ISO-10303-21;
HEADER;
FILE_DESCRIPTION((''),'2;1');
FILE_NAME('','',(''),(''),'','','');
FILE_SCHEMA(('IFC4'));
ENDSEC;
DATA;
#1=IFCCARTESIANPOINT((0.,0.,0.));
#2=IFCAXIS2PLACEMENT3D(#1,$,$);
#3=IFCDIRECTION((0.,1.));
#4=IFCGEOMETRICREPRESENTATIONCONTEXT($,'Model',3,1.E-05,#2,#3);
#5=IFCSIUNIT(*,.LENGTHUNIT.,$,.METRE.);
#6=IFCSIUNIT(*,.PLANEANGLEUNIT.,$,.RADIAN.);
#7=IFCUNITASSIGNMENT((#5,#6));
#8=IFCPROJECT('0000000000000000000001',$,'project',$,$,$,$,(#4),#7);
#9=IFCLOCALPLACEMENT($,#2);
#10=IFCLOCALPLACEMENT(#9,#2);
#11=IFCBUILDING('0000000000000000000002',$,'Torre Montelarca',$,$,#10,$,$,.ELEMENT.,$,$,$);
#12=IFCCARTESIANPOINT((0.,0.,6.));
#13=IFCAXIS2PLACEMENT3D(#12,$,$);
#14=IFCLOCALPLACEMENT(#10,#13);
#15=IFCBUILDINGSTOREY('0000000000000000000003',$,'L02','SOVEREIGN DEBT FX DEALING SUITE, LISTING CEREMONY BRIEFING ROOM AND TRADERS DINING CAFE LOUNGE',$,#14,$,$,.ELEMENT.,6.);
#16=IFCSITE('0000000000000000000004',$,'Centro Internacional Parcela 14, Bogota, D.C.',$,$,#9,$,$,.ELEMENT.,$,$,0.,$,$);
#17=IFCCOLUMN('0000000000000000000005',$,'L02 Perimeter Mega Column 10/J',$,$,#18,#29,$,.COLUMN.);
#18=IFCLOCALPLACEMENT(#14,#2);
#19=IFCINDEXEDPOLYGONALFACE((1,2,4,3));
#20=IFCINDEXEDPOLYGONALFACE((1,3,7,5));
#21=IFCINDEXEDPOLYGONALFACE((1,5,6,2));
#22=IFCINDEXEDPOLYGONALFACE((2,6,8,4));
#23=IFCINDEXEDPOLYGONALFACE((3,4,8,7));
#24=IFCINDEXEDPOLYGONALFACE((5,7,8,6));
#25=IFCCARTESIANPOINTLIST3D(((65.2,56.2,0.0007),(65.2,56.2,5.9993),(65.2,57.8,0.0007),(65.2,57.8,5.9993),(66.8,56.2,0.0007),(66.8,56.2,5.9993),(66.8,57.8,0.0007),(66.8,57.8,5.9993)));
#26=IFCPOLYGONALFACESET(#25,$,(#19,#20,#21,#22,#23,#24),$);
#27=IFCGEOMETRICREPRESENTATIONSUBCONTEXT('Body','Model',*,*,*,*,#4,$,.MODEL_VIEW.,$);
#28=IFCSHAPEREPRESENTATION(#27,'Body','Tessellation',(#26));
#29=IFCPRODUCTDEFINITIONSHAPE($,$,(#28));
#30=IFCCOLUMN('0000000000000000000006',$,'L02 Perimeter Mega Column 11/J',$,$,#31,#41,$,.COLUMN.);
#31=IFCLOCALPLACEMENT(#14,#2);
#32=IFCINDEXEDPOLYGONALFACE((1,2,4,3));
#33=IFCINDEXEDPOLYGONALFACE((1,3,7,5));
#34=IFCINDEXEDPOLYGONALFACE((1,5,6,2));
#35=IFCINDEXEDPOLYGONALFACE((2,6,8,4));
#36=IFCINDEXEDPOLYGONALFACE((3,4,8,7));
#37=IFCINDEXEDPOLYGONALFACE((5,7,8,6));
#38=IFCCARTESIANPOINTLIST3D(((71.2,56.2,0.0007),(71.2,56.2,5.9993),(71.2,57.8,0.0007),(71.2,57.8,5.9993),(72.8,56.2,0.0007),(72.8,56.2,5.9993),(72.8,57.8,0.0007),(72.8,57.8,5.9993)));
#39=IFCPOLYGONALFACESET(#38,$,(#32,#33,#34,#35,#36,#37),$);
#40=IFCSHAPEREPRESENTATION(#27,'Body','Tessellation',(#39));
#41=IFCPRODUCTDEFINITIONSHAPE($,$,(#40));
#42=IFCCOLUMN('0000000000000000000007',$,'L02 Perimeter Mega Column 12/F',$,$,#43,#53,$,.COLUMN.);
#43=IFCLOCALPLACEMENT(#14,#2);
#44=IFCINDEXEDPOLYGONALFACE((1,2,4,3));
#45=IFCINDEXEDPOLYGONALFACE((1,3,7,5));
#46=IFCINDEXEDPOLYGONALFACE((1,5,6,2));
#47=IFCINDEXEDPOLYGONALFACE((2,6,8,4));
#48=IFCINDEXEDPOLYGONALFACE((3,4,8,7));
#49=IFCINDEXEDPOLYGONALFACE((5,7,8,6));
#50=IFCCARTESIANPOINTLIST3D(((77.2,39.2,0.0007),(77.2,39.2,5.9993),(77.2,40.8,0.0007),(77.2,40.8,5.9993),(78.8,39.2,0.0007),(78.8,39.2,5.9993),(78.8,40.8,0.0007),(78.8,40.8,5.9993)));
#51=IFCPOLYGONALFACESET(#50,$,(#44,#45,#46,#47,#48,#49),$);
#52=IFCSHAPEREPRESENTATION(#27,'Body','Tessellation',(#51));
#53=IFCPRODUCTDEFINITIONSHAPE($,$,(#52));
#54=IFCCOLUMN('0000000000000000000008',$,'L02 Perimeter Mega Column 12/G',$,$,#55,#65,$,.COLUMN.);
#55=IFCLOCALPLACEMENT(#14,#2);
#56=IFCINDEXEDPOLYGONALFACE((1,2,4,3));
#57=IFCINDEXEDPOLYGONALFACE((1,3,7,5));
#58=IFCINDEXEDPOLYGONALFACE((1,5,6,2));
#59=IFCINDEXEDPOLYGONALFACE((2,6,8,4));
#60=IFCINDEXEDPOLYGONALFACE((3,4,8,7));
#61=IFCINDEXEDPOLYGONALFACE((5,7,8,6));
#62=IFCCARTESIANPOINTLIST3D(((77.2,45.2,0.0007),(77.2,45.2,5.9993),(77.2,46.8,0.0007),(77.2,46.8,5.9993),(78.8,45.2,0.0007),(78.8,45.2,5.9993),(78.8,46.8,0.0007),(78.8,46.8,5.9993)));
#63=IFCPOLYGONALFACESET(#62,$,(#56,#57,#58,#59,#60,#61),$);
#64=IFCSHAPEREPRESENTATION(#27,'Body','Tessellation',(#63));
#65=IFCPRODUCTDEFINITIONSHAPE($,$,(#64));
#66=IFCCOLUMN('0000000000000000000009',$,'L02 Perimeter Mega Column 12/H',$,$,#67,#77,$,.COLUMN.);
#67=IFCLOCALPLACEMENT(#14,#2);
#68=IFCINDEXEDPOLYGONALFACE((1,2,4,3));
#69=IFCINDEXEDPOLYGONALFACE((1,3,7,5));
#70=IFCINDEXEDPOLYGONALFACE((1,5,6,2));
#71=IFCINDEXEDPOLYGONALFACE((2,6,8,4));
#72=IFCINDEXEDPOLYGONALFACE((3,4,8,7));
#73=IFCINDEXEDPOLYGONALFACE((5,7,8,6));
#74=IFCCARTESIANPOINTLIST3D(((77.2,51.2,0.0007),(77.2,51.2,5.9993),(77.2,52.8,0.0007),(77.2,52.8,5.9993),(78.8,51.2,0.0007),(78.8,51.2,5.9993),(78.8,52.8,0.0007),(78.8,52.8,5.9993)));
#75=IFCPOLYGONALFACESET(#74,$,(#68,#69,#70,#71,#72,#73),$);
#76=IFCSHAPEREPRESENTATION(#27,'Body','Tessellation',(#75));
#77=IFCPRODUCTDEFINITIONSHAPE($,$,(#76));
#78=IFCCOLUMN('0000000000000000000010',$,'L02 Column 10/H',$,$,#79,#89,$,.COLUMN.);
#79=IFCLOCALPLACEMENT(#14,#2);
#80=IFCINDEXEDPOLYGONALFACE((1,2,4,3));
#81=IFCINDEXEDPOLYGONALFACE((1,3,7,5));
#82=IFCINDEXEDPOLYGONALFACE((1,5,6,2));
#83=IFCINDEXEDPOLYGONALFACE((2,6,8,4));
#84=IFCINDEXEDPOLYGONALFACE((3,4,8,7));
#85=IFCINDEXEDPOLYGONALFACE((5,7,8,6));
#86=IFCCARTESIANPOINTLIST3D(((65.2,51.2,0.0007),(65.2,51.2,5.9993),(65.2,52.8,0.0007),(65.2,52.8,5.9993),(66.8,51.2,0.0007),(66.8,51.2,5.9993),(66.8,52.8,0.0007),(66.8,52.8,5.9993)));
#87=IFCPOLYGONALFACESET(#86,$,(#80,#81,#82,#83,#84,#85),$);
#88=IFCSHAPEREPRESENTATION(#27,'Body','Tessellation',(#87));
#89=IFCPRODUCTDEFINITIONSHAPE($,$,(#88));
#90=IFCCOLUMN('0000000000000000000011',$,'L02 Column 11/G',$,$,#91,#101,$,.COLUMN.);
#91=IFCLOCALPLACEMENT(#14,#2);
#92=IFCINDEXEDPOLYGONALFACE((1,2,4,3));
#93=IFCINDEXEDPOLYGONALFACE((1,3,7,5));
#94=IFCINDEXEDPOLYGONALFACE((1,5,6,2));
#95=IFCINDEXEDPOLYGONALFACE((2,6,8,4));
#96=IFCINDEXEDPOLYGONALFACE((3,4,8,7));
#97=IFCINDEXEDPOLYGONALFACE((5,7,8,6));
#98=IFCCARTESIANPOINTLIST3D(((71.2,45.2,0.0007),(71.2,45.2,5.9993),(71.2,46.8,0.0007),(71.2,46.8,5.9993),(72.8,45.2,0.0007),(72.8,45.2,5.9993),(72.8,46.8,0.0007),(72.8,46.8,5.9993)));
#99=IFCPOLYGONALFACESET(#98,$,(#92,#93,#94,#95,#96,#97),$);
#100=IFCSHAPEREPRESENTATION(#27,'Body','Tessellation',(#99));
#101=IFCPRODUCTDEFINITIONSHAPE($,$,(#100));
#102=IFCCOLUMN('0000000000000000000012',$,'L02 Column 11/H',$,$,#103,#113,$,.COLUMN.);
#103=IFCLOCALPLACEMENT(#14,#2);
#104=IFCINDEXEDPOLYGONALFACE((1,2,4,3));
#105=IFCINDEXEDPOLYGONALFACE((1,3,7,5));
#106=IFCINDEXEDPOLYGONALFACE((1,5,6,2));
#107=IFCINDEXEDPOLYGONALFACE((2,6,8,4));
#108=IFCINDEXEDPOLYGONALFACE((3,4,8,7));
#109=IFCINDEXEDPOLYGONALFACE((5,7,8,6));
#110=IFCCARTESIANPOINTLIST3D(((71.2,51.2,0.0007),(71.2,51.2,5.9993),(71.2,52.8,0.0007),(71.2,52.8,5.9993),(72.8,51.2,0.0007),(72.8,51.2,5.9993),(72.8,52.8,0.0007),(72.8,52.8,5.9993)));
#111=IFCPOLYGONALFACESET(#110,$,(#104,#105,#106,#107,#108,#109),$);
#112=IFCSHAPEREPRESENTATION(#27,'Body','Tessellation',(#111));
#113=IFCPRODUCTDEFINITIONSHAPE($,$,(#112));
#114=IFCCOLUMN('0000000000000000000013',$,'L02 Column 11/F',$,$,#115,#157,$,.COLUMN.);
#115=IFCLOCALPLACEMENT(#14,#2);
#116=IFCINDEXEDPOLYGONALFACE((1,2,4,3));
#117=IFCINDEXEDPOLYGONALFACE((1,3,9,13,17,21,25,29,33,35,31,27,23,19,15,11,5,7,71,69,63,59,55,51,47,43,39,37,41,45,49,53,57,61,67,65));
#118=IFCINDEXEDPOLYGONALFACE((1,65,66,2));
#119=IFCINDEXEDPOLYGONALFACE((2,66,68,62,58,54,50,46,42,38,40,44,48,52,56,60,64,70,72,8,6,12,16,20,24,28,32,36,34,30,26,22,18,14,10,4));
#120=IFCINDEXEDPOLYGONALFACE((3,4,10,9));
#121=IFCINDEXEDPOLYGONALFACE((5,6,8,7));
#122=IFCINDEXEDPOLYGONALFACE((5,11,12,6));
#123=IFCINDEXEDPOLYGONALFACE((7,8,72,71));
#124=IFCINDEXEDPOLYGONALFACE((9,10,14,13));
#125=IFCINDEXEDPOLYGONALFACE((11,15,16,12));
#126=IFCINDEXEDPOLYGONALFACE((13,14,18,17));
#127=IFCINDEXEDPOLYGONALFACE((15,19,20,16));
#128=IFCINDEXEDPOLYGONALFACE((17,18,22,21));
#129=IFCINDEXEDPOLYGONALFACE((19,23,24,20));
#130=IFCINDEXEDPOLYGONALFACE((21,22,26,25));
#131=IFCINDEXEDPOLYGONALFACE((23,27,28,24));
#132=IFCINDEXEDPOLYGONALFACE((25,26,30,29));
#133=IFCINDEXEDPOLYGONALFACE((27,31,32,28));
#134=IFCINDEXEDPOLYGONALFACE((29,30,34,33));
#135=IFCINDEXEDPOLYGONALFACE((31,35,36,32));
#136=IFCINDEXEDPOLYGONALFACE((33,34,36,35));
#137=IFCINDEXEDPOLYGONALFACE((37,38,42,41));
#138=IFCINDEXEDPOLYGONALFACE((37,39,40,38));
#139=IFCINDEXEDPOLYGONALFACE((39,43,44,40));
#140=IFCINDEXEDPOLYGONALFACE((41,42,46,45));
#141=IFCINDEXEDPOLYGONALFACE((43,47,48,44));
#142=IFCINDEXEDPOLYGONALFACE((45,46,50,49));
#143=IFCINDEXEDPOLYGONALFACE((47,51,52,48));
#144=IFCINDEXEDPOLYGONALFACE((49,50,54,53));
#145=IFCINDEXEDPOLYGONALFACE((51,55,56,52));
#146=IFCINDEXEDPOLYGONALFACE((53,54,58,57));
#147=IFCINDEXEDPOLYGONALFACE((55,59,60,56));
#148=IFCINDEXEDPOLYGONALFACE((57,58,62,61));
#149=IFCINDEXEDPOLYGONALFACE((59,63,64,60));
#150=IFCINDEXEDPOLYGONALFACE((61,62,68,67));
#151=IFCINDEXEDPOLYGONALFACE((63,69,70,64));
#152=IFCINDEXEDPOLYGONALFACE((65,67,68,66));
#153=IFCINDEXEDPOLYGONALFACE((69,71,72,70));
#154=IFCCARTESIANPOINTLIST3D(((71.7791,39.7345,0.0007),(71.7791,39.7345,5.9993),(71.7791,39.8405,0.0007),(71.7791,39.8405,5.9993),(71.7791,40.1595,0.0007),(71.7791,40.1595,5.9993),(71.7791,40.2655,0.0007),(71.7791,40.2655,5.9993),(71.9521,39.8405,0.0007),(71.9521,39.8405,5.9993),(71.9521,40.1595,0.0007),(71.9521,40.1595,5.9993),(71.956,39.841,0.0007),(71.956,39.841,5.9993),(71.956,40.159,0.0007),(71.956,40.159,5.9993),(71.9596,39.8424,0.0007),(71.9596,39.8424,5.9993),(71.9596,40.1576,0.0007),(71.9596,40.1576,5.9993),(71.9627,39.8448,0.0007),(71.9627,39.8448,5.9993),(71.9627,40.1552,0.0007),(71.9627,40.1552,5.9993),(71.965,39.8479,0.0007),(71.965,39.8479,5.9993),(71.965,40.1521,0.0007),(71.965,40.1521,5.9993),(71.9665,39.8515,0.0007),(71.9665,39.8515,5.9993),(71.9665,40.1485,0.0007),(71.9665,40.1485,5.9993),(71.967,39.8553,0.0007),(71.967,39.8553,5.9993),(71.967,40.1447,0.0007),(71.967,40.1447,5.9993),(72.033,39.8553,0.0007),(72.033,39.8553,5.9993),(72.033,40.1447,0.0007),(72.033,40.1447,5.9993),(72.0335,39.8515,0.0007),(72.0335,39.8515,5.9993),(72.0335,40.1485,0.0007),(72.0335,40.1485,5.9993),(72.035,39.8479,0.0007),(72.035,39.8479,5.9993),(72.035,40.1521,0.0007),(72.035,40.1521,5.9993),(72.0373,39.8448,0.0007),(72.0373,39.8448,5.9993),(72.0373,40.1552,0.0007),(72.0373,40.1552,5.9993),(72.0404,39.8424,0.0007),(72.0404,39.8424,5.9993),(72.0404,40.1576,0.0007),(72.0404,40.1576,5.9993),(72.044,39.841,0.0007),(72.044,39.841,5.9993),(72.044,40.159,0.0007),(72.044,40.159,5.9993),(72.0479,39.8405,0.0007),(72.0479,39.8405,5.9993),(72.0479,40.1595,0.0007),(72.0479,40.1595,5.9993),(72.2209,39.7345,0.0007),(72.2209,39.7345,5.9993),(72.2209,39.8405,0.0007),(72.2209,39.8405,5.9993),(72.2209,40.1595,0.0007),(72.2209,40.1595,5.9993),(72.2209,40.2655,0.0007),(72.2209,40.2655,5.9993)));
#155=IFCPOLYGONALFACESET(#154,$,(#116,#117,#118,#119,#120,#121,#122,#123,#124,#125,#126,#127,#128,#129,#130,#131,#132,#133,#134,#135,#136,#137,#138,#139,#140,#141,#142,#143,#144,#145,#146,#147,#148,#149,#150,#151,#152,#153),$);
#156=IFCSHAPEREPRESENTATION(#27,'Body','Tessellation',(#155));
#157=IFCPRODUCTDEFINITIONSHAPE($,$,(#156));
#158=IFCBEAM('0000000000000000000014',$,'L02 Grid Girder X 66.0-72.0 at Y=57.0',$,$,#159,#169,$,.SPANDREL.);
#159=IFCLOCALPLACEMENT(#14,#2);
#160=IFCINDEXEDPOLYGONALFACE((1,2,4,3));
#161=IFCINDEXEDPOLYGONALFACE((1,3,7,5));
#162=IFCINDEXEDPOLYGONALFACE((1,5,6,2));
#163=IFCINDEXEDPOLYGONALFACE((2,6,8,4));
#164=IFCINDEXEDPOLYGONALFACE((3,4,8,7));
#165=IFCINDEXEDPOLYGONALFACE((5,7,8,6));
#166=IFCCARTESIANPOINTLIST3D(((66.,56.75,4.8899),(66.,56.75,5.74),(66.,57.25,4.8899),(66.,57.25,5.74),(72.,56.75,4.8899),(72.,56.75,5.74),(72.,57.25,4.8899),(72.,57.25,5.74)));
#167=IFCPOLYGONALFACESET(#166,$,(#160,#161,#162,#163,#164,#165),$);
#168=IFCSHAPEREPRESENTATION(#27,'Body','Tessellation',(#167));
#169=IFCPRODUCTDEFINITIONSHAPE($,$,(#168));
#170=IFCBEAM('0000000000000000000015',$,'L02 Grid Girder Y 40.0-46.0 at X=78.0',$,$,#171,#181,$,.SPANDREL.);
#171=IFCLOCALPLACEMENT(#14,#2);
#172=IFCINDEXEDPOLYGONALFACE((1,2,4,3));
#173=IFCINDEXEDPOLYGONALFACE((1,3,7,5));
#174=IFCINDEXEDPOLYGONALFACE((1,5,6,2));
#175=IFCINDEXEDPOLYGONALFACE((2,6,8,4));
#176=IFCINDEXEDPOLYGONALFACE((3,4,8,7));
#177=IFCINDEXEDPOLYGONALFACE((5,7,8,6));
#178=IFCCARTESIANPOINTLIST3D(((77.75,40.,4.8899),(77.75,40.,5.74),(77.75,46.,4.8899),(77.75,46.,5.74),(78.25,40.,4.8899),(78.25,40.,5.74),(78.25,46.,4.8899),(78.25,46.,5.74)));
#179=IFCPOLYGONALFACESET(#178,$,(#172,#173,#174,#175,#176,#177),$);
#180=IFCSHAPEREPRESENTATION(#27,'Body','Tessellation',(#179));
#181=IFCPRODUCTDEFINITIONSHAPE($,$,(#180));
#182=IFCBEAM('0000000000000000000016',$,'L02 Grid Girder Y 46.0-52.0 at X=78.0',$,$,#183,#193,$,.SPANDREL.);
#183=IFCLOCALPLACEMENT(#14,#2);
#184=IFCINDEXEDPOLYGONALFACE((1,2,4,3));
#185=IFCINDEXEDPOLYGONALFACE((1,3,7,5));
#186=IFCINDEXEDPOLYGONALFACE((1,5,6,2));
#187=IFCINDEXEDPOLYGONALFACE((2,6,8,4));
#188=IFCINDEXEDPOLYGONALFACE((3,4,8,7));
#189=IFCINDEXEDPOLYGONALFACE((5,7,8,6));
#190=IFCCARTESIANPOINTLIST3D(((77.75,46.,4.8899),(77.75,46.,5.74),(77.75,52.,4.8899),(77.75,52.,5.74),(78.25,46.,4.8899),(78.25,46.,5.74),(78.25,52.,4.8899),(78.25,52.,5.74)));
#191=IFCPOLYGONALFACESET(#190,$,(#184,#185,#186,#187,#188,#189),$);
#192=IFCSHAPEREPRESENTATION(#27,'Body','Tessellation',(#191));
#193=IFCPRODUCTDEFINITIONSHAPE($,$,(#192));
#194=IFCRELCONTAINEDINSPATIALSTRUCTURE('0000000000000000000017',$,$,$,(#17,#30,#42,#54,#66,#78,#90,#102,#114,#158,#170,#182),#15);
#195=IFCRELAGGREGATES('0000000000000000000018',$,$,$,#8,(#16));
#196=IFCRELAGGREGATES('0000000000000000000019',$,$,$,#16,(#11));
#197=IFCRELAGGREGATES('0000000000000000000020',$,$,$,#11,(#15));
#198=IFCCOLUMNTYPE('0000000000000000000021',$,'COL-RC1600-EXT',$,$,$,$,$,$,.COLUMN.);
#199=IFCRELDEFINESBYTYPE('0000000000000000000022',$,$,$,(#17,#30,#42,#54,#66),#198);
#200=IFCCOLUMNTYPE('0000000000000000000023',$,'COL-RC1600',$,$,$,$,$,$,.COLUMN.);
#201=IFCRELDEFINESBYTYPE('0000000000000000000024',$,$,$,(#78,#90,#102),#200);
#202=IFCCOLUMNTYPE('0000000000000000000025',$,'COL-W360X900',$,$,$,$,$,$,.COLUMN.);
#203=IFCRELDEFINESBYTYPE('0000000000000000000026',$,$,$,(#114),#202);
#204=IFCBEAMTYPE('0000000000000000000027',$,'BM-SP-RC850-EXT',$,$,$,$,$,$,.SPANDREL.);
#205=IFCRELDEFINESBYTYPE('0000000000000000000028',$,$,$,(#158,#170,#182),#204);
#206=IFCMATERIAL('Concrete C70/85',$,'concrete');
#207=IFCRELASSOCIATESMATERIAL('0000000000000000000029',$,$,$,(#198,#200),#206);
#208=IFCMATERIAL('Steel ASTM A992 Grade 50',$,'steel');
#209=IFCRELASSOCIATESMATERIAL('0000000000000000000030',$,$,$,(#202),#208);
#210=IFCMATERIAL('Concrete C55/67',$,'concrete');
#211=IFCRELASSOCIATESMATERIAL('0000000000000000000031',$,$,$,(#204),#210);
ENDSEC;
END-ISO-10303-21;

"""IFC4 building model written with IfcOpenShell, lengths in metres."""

from ifc_helpers import new_model, si_unit, direction, frame, origin, origin_2d, place, context, subcontext, project, spatial, rectangle, i_section, extrude, source, transform, mapped, material, material_profile, profile_set, type_object, element, save


model = new_model("IFC4")

# Units and contexts
model_context = context("Model", 3, precision=1e-05, world=origin(), true_north=direction((0.0, 1.0)))
body_context = subcontext(model_context, "Body", "Model", "MODEL_VIEW")
ifc_project = project(units=[si_unit("LENGTHUNIT", "METRE"), si_unit("PLANEANGLEUNIT", "RADIAN")], contexts=[model_context])

# Site, building, storey
site_placement = place(None, origin())
site = spatial("IfcSite", under=ifc_project, at=site_placement, Name="Centro Internacional Parcela 14, Bogota, D.C.", CompositionType="ELEMENT", RefElevation=0.0)
building_placement = place(site_placement, origin())
building = spatial("IfcBuilding", under=site, at=building_placement, Name="Torre Montelarca", CompositionType="ELEMENT")
storey_placement = place(building_placement, frame((0.0, 0.0, 6.0)))
storey = spatial("IfcBuildingStorey", under=building, at=storey_placement, Name="L02", Description="SOVEREIGN DEBT FX DEALING SUITE, LISTING CEREMONY BRIEFING ROOM AND TRADERS DINING CAFE LOUNGE", CompositionType="ELEMENT", Elevation=6.0)

# Columns
ifc_material_1 = material(Name="Concrete C70/85", Category="concrete")
ifc_material_profile_1 = material_profile(ifc_material_1, rectangle(XDim=1.6001, YDim=1.6001, at=origin_2d()), Name="RC1600X1600", Category="concrete")
ifc_profile_set_1 = profile_set([ifc_material_profile_1], Name="Concrete C70/85")
column_type_1 = type_object("IfcColumnType", Name="COL-RC1600-EXT", PredefinedType="COLUMN", material=ifc_profile_set_1)
shared_shape_1 = source(origin(), body_context, "Body", "SweptSolid", [
    extrude(rectangle(XDim=1.6001, YDim=1.6001, at=origin_2d()), origin(), (0.0, 0.0, 1.0), 5.9985),
])
for number, where, z_axis, x_axis, name in (
    (1, (66.0, 57.0, 0.0007), (0.0, 0.0, 1.0), (1.0, 0.0, 0.0), "L02 Perimeter Mega Column 10/J"),
    (2, (72.0, 57.0, 0.0007), (0.0, 0.0, 1.0), (1.0, 0.0, 0.0), "L02 Perimeter Mega Column 11/J"),
    (3, (78.0, 40.0, 0.0007), (0.0, 0.0, 1.0), (1.0, 0.0, 0.0), "L02 Perimeter Mega Column 12/F"),
    (4, (78.0, 46.0, 0.0007), (0.0, 0.0, 1.0), (1.0, 0.0, 0.0), "L02 Perimeter Mega Column 12/G"),
    (5, (78.0, 52.0, 0.0007), (0.0, 0.0, 1.0), (1.0, 0.0, 0.0), "L02 Perimeter Mega Column 12/H"),
):
    element("IfcColumn", number, at=place(storey_placement, frame(where, z_axis=z_axis, x_axis=x_axis)), inside=storey, type_object=column_type_1, Name=name, PredefinedType="COLUMN", context=body_context, shape_type="MappedRepresentation", body=[
        mapped(shared_shape_1, transform((0.0, 0.0, 0.0), scale=1.0)),
    ])
ifc_material_profile_2 = material_profile(ifc_material_1, rectangle(XDim=1.6001, YDim=1.6001, at=origin_2d()), Name="RC1600X1600", Category="concrete")
ifc_profile_set_2 = profile_set([ifc_material_profile_2], Name="Concrete C70/85")
column_type_2 = type_object("IfcColumnType", Name="COL-RC1600", PredefinedType="COLUMN", material=ifc_profile_set_2)
shared_shape_2 = source(origin(), body_context, "Body", "SweptSolid", [
    extrude(rectangle(XDim=1.6001, YDim=1.6001, at=origin_2d()), origin(), (0.0, 0.0, 1.0), 5.9985),
])
for number, where, z_axis, x_axis, name in (
    (6, (66.0, 52.0, 0.0007), (0.0, 0.0, 1.0), (1.0, 0.0, 0.0), "L02 Column 10/H"),
    (7, (72.0, 46.0, 0.0007), (0.0, 0.0, 1.0), (1.0, 0.0, 0.0), "L02 Column 11/G"),
    (8, (72.0, 52.0, 0.0007), (0.0, 0.0, 1.0), (1.0, 0.0, 0.0), "L02 Column 11/H"),
):
    element("IfcColumn", number, at=place(storey_placement, frame(where, z_axis=z_axis, x_axis=x_axis)), inside=storey, type_object=column_type_2, Name=name, PredefinedType="COLUMN", context=body_context, shape_type="MappedRepresentation", body=[
        mapped(shared_shape_2, transform((0.0, 0.0, 0.0), scale=1.0)),
    ])
ifc_material_2 = material(Name="Steel ASTM A992 Grade 50", Category="steel")
ifc_material_profile_3 = material_profile(ifc_material_2, i_section(OverallWidth=0.4419, OverallDepth=0.531, WebThickness=0.0659, FlangeThickness=0.106, FilletRadius=0.0149, at=origin_2d()), Name="W360X900", Category="steel")
ifc_profile_set_3 = profile_set([ifc_material_profile_3], Name="Steel ASTM A992 Grade 50")
column_type_3 = type_object("IfcColumnType", Name="COL-W360X900", PredefinedType="COLUMN", material=ifc_profile_set_3)
shared_shape_3 = source(origin(), body_context, "Body", "SweptSolid", [
    extrude(i_section(OverallWidth=0.4419, OverallDepth=0.531, WebThickness=0.0659, FlangeThickness=0.106, FilletRadius=0.0149, at=origin_2d()), origin(), (0.0, 0.0, 1.0), 5.9985),
])
column_placement = place(storey_placement, frame((72.0, 40.0, 0.0007), z_axis=(0.0, 0.0, 1.0), x_axis=(1.0, 0.0, 0.0)))
element("IfcColumn", 9, at=column_placement, inside=storey, type_object=column_type_3, Name="L02 Column 11/F", PredefinedType="COLUMN", context=body_context, shape_type="MappedRepresentation", body=[
    mapped(shared_shape_3, transform((0.0, 0.0, 0.0), scale=1.0)),
])

# Beams
ifc_material_3 = material(Name="Concrete C55/67", Category="concrete")
ifc_material_profile_4 = material_profile(ifc_material_3, rectangle(XDim=0.5, YDim=0.8501, at=origin_2d()), Name="RCB500X850", Category="concrete")
ifc_profile_set_4 = profile_set([ifc_material_profile_4], Name="Concrete C55/67")
beam_type_1 = type_object("IfcBeamType", Name="BM-SP-RC850-EXT", PredefinedType="SPANDREL", material=ifc_profile_set_4)
shared_shape_4 = source(origin(), body_context, "Body", "SweptSolid", [
    extrude(rectangle(XDim=0.5, YDim=0.8501, at=origin_2d()), origin(), (0.0, 0.0, 1.0), 6.0),
])
for number, where, z_axis, x_axis, name in (
    (10, (66.0, 57.0, 5.3149), (1.0, 0.0, 0.0), (0.0, 1.0, 0.0), "L02 Grid Girder X 66.0-72.0 at Y=57.0"),
    (11, (78.0, 40.0, 5.3149), (0.0, 1.0, 0.0), (-1.0, 0.0, 0.0), "L02 Grid Girder Y 40.0-46.0 at X=78.0"),
    (12, (78.0, 46.0, 5.3149), (0.0, 1.0, 0.0), (-1.0, 0.0, 0.0), "L02 Grid Girder Y 46.0-52.0 at X=78.0"),
):
    element("IfcBeam", number, at=place(storey_placement, frame(where, z_axis=z_axis, x_axis=x_axis)), inside=storey, type_object=beam_type_1, Name=name, PredefinedType="SPANDREL", context=body_context, shape_type="MappedRepresentation", body=[
        mapped(shared_shape_4, transform((0.0, 0.0, 0.0), scale=1.0)),
    ])

save(model, "model.ifc")
